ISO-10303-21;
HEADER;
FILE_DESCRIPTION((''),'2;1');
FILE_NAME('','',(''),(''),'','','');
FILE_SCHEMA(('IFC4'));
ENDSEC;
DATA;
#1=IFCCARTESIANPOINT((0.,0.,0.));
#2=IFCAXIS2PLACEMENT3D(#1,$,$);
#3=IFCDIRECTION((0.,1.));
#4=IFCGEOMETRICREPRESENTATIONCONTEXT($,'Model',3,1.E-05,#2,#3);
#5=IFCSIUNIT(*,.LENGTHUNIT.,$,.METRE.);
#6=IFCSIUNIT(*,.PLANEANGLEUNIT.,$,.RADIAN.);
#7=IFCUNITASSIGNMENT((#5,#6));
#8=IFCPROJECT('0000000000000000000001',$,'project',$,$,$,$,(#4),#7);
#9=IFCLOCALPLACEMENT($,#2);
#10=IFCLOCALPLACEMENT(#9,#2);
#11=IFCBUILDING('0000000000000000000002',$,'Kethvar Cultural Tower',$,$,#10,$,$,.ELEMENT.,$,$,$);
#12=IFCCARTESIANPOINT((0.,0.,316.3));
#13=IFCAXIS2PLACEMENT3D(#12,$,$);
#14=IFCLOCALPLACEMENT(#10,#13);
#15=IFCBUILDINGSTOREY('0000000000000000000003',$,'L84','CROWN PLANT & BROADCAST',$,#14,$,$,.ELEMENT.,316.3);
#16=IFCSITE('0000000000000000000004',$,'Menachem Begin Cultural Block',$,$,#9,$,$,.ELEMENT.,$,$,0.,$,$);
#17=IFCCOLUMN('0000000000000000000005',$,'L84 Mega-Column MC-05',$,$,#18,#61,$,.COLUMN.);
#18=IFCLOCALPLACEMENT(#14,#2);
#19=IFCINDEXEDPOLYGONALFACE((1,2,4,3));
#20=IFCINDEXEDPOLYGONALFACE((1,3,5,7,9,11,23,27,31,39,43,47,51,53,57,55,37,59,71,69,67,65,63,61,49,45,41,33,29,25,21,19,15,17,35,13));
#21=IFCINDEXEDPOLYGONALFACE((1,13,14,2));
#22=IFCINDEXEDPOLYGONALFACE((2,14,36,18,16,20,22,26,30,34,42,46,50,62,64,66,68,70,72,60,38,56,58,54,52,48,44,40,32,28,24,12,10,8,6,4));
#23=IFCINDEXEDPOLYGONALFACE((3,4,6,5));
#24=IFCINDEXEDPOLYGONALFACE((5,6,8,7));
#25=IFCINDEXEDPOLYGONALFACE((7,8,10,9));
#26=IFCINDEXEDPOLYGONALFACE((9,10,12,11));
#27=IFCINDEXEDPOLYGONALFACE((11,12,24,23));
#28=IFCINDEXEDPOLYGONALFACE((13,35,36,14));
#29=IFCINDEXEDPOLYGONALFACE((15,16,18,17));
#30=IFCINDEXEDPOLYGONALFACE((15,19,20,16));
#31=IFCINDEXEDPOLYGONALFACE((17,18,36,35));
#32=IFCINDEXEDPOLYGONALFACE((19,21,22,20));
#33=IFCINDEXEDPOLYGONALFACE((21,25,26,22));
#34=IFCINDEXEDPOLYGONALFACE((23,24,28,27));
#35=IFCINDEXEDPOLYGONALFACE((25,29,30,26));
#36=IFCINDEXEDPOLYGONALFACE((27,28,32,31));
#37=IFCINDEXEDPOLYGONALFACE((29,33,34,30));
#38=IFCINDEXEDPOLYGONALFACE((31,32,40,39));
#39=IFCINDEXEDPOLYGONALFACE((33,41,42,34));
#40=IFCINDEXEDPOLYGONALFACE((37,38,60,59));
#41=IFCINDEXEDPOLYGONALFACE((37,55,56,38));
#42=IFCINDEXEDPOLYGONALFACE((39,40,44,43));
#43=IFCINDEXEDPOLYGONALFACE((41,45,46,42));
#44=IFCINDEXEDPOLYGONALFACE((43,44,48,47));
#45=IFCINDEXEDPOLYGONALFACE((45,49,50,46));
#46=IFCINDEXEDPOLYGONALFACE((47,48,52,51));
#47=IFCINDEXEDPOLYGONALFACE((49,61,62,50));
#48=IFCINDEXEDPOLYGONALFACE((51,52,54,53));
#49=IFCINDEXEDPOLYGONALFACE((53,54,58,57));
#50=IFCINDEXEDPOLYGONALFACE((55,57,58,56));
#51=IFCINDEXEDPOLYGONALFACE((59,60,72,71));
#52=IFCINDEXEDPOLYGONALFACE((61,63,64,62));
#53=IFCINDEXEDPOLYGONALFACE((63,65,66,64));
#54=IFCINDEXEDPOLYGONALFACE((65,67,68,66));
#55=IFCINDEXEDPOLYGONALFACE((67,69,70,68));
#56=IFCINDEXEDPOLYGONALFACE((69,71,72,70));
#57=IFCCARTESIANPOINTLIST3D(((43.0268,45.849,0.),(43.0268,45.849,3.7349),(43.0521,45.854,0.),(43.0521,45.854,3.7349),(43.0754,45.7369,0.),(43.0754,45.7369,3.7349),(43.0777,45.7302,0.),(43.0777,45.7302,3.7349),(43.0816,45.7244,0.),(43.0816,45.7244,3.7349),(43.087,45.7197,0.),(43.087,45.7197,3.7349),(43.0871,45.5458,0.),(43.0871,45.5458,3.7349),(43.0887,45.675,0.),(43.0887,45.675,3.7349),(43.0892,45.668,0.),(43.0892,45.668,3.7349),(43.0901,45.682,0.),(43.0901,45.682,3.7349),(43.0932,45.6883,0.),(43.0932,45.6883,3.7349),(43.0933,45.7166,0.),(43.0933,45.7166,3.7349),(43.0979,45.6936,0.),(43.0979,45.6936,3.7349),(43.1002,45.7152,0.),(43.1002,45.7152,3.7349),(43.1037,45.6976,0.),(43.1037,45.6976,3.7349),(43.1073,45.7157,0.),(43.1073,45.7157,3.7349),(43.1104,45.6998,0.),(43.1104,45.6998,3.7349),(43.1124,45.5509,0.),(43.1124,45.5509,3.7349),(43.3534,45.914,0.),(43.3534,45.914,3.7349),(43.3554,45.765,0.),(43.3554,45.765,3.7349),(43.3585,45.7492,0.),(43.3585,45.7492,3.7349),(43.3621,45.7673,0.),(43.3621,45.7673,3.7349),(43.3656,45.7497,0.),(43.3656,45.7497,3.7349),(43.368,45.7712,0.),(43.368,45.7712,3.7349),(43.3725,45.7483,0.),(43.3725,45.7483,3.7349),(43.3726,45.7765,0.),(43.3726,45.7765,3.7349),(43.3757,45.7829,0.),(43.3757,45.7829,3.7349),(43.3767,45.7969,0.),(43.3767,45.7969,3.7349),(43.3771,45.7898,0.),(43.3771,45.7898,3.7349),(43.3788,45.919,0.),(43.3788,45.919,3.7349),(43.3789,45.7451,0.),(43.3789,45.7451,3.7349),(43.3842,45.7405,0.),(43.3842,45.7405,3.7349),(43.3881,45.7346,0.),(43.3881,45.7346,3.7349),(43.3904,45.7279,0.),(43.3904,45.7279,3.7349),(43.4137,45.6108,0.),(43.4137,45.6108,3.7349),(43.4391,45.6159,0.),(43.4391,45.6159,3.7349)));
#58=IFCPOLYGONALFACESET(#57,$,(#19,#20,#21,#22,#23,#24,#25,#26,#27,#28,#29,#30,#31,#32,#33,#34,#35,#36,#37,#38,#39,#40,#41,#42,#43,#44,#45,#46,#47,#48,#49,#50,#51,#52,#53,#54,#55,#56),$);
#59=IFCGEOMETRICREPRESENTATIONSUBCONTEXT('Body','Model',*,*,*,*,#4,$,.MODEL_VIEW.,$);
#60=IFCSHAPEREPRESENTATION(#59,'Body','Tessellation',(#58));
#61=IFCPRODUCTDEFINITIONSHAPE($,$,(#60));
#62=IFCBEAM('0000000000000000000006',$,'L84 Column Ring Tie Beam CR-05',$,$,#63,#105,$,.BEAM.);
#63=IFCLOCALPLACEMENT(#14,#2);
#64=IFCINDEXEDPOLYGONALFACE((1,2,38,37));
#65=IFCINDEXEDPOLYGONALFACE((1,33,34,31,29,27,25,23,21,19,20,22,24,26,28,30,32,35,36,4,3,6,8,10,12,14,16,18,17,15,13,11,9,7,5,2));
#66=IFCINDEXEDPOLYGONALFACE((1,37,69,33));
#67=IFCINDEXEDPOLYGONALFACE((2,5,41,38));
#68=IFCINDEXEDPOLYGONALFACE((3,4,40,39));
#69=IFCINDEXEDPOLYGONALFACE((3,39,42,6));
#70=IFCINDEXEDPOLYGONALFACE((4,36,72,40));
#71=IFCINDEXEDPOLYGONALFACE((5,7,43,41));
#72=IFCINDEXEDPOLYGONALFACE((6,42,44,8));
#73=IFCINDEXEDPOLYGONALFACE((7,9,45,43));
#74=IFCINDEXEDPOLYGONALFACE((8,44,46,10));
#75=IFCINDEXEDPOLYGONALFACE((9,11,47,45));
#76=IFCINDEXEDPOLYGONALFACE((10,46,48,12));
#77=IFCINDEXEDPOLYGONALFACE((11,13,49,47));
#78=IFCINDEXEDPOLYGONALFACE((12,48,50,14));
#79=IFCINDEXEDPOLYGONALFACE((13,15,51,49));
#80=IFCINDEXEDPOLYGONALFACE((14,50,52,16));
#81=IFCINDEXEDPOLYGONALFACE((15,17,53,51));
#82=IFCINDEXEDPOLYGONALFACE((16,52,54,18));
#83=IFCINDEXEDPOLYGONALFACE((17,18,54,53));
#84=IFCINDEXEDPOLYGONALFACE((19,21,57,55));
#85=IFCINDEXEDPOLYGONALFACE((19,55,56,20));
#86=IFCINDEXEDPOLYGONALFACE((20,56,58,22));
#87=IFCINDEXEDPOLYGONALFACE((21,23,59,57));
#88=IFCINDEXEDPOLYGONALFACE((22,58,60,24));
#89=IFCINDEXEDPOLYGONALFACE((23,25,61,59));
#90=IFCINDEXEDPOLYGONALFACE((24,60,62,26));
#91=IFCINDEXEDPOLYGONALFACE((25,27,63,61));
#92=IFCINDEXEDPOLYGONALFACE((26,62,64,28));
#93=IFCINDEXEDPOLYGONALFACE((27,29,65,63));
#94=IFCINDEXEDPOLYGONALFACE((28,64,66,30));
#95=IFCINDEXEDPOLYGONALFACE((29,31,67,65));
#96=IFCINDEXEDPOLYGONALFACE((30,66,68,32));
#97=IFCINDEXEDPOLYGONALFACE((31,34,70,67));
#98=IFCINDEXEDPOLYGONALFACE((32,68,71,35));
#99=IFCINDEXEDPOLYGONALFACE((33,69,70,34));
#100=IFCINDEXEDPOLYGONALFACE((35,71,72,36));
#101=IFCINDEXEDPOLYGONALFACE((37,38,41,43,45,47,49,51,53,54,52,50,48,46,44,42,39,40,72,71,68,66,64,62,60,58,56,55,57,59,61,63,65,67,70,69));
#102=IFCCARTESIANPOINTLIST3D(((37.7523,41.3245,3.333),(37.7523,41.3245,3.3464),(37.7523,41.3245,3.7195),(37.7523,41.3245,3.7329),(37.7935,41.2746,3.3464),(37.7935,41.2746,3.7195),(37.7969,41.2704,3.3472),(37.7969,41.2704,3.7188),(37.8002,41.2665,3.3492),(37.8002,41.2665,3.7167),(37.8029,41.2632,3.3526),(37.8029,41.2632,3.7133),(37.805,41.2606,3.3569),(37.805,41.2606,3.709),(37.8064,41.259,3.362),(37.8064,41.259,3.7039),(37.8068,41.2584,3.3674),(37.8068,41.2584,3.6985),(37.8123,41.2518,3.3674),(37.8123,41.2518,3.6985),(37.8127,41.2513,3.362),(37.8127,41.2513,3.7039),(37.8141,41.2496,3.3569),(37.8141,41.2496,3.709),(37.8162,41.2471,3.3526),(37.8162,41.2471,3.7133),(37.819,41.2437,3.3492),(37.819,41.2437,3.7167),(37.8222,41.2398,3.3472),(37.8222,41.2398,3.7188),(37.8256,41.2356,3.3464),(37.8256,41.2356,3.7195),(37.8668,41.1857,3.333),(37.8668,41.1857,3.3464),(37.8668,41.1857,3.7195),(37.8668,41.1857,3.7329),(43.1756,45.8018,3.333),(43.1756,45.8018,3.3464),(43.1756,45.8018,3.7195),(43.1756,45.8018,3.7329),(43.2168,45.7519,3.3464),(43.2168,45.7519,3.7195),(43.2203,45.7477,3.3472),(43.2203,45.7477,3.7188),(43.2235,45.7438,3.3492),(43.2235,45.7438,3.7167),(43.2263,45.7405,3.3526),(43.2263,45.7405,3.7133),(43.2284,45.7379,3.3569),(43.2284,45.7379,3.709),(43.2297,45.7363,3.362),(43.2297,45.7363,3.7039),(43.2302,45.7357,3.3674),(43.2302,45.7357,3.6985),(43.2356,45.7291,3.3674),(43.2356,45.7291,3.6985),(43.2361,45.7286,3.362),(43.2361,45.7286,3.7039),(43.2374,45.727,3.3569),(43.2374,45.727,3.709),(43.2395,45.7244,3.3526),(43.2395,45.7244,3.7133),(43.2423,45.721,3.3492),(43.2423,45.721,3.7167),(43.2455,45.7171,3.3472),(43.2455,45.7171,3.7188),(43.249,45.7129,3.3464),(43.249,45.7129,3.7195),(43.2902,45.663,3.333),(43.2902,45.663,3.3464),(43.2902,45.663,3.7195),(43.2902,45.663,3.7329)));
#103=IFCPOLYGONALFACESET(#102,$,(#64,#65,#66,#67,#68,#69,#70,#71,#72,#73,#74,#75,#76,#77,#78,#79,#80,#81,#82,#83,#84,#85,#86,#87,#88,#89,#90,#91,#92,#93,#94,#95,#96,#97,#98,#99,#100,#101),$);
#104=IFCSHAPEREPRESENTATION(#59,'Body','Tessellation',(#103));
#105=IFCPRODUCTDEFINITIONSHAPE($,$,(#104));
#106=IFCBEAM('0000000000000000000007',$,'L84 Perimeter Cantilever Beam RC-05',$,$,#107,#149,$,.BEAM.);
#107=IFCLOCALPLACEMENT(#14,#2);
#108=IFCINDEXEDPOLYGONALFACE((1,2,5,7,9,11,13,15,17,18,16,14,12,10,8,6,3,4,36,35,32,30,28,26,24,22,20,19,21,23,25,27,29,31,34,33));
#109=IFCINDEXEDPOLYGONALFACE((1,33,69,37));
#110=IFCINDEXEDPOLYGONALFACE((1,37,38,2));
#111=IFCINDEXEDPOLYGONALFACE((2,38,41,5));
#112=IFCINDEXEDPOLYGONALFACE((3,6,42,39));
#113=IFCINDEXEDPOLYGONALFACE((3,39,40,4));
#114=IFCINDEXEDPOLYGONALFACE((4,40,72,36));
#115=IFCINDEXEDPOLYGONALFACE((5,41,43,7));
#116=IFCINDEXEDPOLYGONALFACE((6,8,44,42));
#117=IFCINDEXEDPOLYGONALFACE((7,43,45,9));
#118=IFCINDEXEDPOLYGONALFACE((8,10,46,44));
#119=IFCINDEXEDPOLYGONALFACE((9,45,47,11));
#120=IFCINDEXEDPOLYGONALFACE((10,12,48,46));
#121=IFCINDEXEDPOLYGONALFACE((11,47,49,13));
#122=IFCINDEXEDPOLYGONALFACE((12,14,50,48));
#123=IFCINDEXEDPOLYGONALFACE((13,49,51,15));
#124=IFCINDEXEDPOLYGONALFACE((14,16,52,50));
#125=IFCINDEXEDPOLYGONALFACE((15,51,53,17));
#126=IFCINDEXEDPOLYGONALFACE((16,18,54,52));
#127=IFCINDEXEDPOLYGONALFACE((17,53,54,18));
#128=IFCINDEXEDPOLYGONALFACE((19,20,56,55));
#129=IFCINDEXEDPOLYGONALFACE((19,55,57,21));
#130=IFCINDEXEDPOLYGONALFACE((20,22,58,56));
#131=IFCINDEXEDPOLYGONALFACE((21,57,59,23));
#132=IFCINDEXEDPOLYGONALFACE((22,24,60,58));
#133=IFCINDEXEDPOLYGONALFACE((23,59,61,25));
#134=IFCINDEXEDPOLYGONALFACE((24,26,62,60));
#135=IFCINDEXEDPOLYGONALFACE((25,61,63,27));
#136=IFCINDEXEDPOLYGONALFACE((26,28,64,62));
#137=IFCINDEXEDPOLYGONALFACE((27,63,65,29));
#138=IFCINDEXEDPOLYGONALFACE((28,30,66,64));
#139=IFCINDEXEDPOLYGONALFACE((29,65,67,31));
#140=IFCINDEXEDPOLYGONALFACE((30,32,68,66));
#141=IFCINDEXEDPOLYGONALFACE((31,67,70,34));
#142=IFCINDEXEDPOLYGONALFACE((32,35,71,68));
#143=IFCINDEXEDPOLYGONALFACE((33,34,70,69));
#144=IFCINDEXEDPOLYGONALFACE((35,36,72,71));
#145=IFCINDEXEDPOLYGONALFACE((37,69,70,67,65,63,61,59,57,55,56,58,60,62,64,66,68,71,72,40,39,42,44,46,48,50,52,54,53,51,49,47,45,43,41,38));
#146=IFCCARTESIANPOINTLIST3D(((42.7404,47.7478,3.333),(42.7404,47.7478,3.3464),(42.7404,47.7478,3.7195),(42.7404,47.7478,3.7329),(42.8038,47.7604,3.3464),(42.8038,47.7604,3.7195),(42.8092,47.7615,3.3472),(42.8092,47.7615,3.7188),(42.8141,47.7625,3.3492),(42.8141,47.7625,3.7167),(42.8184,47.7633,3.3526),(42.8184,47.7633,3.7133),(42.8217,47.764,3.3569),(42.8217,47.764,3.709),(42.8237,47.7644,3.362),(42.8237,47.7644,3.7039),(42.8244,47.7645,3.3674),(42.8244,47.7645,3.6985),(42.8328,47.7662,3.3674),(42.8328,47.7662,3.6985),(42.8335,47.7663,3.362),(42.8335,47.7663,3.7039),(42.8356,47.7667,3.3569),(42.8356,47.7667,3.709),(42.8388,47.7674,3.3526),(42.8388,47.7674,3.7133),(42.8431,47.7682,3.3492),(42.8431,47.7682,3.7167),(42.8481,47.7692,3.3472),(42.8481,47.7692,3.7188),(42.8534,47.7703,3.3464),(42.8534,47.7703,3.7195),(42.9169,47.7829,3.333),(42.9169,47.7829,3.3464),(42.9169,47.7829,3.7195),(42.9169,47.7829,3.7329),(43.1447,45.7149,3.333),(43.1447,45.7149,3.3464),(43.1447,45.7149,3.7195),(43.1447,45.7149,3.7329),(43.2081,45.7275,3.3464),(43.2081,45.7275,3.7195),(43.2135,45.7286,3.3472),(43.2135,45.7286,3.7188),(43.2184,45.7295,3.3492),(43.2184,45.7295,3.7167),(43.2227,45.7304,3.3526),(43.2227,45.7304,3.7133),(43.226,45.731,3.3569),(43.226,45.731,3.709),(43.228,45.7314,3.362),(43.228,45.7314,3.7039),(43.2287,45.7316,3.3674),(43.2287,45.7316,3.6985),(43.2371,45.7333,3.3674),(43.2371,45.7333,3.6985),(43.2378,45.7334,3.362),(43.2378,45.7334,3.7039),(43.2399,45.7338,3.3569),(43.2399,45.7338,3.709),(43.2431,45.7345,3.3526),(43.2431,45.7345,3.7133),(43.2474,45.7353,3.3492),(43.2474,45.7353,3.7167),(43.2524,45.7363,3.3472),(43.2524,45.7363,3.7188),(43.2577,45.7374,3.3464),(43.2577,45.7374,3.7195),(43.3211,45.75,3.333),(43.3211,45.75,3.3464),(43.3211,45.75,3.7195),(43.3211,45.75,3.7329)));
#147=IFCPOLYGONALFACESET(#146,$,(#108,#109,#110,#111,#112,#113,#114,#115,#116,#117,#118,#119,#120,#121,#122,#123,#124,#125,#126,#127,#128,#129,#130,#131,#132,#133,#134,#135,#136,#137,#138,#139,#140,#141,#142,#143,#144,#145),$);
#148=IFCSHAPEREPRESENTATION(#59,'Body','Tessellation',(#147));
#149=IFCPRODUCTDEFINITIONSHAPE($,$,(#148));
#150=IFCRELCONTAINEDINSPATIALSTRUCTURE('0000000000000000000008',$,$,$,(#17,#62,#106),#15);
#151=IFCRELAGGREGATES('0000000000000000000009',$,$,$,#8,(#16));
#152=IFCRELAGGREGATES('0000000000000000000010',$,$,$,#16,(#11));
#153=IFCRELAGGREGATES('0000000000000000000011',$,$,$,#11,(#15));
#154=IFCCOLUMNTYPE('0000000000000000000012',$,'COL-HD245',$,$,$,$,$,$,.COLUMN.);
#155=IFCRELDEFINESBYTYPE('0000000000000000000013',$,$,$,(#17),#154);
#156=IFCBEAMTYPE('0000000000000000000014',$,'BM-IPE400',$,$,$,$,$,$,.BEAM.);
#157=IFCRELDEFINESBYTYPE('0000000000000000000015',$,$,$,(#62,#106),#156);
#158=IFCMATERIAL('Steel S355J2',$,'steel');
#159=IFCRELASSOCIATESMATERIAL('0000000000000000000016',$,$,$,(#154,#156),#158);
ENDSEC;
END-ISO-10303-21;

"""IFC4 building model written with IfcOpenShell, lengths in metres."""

from ifc_helpers import new_model, si_unit, direction, frame, origin, origin_2d, place, context, subcontext, project, spatial, i_section, extrude, source, transform, mapped, material, material_profile, profile_set, type_object, element, save


model = new_model("IFC4")

# Units and contexts
model_context = context("Model", 3, precision=1e-05, world=origin(), true_north=direction((0.0, 1.0)))
body_context = subcontext(model_context, "Body", "Model", "MODEL_VIEW")
ifc_project = project(units=[si_unit("LENGTHUNIT", "METRE"), si_unit("PLANEANGLEUNIT", "RADIAN")], contexts=[model_context])

# Site, building, storey
site_placement = place(None, origin())
site = spatial("IfcSite", under=ifc_project, at=site_placement, Name="Menachem Begin Cultural Block", CompositionType="ELEMENT", RefElevation=0.0)
building_placement = place(site_placement, origin())
building = spatial("IfcBuilding", under=site, at=building_placement, Name="Kethvar Cultural Tower", CompositionType="ELEMENT")
storey_placement = place(building_placement, frame((0.0, 0.0, 316.3)))
storey = spatial("IfcBuildingStorey", under=building, at=storey_placement, Name="L84", Description="CROWN PLANT & BROADCAST", CompositionType="ELEMENT", Elevation=316.3)

# Column
ifc_material_1 = material(Name="Steel S355J2", Category="steel")
ifc_material_profile_1 = material_profile(ifc_material_1, i_section(OverallWidth=0.3091, OverallDepth=0.3589, WebThickness=0.0161, FlangeThickness=0.0259, FilletRadius=0.0271, at=origin_2d()), Name="Steel S355J2 — HD320x245")
ifc_profile_set_1 = profile_set([ifc_material_profile_1], Name="Steel S355J2 — HD320x245")
column_type = type_object("IfcColumnType", Name="COL-HD245", PredefinedType="COLUMN", material=ifc_profile_set_1)
shared_shape_1 = source(origin(), body_context, "Body", "SweptSolid", [
    extrude(i_section(OverallWidth=0.3091, OverallDepth=0.3589, WebThickness=0.0161, FlangeThickness=0.0259, FilletRadius=0.0271, at=origin_2d()), origin(), (0.0, 0.0, 1.0), 3.7349),
])
column_placement = place(storey_placement, frame((43.2329, 45.7324, 0.0), z_axis=(0.0, 0.0, 1.0), x_axis=(-0.19509, 0.980785, 0.0)))
element("IfcColumn", 1, at=column_placement, inside=storey, type_object=column_type, Name="L84 Mega-Column MC-05", PredefinedType="COLUMN", context=body_context, shape_type="MappedRepresentation", body=[
    mapped(shared_shape_1, transform((0.0, 0.0, 0.0), scale=1.0)),
])

# Beams
ifc_material_profile_2 = material_profile(ifc_material_1, i_section(OverallWidth=0.1799, OverallDepth=0.3999, WebThickness=0.0085, FlangeThickness=0.0134, FilletRadius=0.021, at=origin_2d()), Name="Steel S355J2 — IPE400")
ifc_profile_set_2 = profile_set([ifc_material_profile_2], Name="Steel S355J2 — IPE400")
beam_type_1 = type_object("IfcBeamType", Name="BM-IPE400", PredefinedType="BEAM", material=ifc_profile_set_2)
shared_shape_2 = source(origin(), body_context, "Body", "SweptSolid", [
    extrude(i_section(OverallWidth=0.1799, OverallDepth=0.3999, WebThickness=0.0085, FlangeThickness=0.0134, FilletRadius=0.021, at=origin_2d()), origin(), (0.0, 0.0, 1.0), 7.0327),
])
beam_1_placement = place(storey_placement, frame((43.2329, 45.7324, 3.533), z_axis=(-0.771161, -0.63664, 0.0), x_axis=(0.63664, -0.771161, 0.0)))
element("IfcBeam", 2, at=beam_1_placement, inside=storey, type_object=beam_type_1, Name="L84 Column Ring Tie Beam CR-05", PredefinedType="BEAM", context=body_context, shape_type="MappedRepresentation", body=[
    mapped(shared_shape_2, transform((0.0, 0.0, 0.0), scale=1.0)),
])
shared_shape_3 = source(origin(), body_context, "Body", "SweptSolid", [
    extrude(i_section(OverallWidth=0.1799, OverallDepth=0.3999, WebThickness=0.0085, FlangeThickness=0.0134, FilletRadius=0.021, at=origin_2d()), origin(), (0.0, 0.0, 1.0), 2.0728),
])
beam_2_placement = place(storey_placement, frame((43.2329, 45.7324, 3.533), z_axis=(-0.195051, 0.980793, 0.0), x_axis=(-0.980793, -0.195051, 0.0)))
element("IfcBeam", 3, at=beam_2_placement, inside=storey, type_object=beam_type_1, Name="L84 Perimeter Cantilever Beam RC-05", PredefinedType="BEAM", context=body_context, shape_type="MappedRepresentation", body=[
    mapped(shared_shape_3, transform((0.0, 0.0, 0.0), scale=1.0)),
])

save(model, "model.ifc")
